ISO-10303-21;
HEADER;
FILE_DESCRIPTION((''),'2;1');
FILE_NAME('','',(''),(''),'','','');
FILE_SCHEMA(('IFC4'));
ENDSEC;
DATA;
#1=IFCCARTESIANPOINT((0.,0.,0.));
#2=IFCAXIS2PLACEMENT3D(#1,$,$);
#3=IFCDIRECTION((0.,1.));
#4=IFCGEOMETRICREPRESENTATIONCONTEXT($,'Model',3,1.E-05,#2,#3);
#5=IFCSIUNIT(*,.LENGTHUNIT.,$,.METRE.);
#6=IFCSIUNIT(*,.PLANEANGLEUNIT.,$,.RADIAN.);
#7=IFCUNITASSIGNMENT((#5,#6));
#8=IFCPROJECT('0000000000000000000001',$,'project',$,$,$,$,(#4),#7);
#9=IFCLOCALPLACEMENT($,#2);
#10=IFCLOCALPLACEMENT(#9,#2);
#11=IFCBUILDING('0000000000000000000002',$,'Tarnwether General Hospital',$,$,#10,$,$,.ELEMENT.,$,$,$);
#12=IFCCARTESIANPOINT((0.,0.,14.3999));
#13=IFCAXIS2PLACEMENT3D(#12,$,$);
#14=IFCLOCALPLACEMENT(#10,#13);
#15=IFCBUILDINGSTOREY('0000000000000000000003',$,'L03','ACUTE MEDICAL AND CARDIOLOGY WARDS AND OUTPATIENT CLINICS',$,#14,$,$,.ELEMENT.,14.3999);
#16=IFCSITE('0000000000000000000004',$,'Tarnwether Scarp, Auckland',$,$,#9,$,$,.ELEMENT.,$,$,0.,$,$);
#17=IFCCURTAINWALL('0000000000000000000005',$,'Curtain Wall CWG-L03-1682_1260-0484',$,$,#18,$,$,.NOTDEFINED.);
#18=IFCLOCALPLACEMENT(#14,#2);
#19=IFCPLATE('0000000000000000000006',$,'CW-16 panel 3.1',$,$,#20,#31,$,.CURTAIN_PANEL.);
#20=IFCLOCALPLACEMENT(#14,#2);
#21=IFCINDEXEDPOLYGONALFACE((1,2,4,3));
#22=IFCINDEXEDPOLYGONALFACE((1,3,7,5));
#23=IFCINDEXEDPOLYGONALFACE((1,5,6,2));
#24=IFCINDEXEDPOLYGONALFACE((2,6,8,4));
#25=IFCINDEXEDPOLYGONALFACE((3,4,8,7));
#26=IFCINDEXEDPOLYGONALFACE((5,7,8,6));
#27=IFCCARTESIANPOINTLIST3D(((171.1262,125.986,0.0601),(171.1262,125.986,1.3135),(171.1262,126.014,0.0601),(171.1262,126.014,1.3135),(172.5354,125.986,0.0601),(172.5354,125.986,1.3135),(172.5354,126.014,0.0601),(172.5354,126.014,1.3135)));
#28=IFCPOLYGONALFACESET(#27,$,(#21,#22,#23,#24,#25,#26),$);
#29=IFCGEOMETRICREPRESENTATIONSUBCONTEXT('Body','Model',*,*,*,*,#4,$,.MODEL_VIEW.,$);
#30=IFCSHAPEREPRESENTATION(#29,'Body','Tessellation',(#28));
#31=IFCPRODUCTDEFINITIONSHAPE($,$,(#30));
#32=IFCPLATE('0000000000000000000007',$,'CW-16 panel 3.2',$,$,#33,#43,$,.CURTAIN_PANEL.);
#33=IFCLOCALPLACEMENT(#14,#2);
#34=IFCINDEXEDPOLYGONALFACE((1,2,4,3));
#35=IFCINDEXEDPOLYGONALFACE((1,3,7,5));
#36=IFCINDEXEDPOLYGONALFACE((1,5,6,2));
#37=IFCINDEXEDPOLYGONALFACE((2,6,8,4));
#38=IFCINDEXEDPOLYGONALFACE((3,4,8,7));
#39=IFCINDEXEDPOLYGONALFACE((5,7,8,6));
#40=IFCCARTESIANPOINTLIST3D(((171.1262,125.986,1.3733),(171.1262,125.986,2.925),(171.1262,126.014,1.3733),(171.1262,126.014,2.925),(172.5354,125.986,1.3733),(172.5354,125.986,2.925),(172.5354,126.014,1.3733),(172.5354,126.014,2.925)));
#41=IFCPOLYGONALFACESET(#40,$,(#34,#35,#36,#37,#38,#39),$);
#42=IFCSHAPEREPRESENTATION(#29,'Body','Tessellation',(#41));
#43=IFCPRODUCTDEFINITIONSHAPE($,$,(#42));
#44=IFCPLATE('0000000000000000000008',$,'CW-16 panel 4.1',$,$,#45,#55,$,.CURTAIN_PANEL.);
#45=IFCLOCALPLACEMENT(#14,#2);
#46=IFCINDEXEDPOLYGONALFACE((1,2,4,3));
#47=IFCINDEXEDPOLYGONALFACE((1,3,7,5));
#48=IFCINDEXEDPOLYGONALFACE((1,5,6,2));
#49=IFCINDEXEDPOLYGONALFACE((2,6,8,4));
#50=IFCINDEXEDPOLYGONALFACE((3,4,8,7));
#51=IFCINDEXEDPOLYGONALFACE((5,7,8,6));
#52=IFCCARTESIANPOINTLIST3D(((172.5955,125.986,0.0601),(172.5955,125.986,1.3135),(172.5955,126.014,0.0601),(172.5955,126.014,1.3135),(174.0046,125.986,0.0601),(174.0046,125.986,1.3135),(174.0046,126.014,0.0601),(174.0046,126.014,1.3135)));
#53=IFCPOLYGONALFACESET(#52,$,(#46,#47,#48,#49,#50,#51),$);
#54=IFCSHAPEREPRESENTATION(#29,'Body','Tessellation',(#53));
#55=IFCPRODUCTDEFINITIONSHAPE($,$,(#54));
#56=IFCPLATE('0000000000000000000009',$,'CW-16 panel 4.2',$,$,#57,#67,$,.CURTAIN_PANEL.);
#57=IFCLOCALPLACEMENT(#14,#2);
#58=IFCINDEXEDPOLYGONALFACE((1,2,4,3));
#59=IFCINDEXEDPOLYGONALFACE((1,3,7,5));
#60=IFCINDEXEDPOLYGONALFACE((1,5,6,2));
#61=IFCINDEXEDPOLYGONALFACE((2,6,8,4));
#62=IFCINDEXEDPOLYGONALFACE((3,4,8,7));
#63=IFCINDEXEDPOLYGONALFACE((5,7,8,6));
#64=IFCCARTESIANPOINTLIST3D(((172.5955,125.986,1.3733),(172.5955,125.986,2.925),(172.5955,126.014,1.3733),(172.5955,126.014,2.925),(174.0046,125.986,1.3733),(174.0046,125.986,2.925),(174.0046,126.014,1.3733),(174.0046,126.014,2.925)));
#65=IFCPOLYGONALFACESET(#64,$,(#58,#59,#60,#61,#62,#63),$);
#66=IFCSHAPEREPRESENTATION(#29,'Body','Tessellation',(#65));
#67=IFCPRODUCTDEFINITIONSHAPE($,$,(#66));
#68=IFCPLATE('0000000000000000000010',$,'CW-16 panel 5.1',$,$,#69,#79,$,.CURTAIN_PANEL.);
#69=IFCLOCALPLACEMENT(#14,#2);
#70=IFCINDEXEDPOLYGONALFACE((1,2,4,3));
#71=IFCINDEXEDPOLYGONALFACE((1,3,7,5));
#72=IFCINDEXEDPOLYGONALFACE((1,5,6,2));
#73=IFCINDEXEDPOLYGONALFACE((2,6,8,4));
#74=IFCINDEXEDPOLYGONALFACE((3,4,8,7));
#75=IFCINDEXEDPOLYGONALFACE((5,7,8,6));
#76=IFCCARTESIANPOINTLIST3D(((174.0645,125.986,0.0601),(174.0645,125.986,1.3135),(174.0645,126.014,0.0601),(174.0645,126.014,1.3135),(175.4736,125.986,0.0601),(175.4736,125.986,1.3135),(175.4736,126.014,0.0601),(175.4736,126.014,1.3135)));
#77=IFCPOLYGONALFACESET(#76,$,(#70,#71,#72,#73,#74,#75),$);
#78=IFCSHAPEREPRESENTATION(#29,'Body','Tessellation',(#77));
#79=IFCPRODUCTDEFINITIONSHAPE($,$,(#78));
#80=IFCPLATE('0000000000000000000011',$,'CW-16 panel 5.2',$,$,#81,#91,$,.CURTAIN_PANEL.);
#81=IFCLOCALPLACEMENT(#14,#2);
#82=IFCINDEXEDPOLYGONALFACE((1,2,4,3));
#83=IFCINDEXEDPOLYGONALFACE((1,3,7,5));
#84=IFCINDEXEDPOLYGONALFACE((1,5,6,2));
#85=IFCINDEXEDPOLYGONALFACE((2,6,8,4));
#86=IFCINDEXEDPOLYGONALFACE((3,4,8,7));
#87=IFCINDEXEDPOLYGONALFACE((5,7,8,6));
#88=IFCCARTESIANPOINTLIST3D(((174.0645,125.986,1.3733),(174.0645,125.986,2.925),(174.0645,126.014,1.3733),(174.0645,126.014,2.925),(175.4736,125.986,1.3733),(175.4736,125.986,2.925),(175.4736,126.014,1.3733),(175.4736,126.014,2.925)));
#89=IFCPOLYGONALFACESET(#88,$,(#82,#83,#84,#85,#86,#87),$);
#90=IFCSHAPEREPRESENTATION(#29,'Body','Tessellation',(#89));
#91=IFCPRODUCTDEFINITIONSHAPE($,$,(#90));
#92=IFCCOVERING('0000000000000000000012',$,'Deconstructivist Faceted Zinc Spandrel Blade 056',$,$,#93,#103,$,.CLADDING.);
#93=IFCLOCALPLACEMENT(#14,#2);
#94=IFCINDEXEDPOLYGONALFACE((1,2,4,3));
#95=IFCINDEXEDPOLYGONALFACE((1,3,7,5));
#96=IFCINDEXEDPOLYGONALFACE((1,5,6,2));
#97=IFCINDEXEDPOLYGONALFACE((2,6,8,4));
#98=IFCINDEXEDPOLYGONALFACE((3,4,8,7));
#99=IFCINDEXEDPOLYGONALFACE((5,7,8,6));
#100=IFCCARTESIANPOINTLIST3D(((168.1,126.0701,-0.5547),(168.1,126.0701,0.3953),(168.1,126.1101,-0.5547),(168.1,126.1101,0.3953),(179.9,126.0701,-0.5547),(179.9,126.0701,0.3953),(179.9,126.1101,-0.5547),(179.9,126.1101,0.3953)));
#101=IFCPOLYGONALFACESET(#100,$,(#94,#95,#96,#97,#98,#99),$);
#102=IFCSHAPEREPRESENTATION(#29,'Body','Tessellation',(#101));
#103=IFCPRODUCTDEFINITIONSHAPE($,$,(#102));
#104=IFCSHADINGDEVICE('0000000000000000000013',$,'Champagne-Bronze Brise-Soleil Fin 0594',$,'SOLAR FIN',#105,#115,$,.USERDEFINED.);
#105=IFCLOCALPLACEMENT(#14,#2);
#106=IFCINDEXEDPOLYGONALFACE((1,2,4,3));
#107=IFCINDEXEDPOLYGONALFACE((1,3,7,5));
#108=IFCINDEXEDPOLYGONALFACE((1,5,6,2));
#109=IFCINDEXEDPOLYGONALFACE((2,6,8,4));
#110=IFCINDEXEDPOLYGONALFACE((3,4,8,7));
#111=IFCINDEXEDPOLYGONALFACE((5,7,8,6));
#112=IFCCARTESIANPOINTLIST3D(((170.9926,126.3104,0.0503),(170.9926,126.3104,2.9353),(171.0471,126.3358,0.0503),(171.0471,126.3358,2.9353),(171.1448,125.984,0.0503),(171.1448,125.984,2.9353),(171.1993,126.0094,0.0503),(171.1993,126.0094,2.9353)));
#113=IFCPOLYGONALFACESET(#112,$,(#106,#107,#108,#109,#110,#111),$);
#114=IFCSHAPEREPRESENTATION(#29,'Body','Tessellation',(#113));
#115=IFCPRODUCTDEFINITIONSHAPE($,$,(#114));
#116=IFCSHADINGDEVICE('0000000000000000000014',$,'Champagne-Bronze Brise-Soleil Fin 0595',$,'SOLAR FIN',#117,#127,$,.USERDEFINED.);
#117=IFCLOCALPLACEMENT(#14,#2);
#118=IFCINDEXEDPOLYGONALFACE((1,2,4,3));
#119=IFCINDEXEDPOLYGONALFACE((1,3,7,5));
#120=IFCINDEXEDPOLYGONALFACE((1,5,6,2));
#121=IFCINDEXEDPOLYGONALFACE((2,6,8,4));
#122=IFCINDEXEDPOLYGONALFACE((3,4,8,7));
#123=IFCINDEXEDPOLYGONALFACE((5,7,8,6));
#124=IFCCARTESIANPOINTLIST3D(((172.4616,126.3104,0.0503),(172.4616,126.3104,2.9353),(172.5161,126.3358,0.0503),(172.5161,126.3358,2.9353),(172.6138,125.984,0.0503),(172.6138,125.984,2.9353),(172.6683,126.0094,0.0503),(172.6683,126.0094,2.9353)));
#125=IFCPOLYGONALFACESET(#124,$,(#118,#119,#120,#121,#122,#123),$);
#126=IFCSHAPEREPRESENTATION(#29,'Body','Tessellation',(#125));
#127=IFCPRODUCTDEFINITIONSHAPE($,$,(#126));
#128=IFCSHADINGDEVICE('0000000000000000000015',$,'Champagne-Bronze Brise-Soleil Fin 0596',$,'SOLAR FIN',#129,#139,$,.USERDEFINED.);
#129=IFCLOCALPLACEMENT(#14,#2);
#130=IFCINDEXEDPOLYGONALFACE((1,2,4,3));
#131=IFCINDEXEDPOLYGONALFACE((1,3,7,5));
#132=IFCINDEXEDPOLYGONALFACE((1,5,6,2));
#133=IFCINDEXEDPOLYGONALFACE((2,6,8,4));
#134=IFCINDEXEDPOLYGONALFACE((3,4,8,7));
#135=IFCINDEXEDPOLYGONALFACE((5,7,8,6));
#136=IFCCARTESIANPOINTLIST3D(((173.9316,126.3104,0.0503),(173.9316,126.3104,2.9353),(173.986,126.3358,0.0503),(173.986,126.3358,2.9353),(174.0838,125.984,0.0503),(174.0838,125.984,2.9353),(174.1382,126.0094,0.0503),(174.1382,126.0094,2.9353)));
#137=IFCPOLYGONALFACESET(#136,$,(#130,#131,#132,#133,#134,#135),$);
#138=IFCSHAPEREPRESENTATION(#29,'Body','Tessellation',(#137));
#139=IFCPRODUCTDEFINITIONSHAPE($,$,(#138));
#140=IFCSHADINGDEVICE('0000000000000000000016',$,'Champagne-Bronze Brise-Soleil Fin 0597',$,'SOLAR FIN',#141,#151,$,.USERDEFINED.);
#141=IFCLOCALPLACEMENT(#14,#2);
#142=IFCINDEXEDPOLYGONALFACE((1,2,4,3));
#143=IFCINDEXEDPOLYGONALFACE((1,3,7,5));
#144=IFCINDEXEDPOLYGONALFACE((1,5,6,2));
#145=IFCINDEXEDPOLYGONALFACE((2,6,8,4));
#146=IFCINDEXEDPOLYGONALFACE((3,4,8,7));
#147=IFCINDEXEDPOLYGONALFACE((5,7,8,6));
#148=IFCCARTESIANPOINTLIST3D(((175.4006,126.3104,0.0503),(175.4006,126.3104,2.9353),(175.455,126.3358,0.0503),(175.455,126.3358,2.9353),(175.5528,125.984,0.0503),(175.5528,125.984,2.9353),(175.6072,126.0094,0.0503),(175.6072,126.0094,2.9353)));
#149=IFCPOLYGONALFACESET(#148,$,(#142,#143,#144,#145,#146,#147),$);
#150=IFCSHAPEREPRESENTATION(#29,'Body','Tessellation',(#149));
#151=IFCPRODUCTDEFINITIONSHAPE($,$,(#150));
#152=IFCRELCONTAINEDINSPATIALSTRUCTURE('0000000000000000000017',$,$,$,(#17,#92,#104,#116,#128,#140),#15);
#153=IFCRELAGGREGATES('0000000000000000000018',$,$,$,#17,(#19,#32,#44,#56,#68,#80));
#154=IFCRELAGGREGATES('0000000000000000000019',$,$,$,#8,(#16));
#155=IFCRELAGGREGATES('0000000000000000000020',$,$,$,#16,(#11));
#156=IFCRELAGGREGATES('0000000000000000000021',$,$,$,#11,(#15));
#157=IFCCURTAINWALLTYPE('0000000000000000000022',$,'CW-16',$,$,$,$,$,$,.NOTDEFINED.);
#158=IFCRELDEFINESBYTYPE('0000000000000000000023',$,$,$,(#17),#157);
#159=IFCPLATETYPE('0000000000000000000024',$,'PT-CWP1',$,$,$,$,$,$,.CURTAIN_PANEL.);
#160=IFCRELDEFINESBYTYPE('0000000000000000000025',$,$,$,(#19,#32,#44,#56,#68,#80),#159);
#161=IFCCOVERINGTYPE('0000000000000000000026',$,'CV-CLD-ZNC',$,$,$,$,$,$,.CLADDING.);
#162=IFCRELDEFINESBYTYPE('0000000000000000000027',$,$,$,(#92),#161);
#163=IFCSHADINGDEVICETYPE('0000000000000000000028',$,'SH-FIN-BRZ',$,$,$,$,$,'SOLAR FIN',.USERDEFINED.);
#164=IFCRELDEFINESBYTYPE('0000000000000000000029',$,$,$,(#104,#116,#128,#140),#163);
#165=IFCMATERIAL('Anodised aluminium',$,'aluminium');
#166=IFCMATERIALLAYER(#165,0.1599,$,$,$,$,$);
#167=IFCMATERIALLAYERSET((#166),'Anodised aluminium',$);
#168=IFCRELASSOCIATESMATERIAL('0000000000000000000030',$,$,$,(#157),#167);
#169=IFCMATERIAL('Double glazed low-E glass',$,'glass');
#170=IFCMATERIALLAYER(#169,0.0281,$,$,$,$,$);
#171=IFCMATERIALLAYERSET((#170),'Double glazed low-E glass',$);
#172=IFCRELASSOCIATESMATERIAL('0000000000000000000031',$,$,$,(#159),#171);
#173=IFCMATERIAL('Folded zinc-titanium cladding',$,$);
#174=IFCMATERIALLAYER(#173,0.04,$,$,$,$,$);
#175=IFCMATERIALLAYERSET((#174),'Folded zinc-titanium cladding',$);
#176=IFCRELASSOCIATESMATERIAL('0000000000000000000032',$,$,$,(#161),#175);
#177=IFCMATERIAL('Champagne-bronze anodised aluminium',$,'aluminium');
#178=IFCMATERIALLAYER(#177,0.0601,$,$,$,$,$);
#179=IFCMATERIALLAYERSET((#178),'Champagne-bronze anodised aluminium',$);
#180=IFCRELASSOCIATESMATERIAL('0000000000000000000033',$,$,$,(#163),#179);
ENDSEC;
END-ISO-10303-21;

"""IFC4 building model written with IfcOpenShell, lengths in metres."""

from ifc_helpers import new_model, si_unit, direction, frame, origin, origin_2d, place, context, subcontext, project, spatial, rectangle, extrude, material, layer, layer_set, type_object, element, aggregate, save


model = new_model("IFC4")

# Units and contexts
model_context = context("Model", 3, precision=1e-05, world=origin(), true_north=direction((0.0, 1.0)))
body_context = subcontext(model_context, "Body", "Model", "MODEL_VIEW")
ifc_project = project(units=[si_unit("LENGTHUNIT", "METRE"), si_unit("PLANEANGLEUNIT", "RADIAN")], contexts=[model_context])

# Site, building, storey
site_placement = place(None, origin())
site = spatial("IfcSite", under=ifc_project, at=site_placement, Name="Tarnwether Scarp, Auckland", CompositionType="ELEMENT", RefElevation=0.0)
building_placement = place(site_placement, origin())
building = spatial("IfcBuilding", under=site, at=building_placement, Name="Tarnwether General Hospital", CompositionType="ELEMENT")
storey_placement = place(building_placement, frame((0.0, 0.0, 14.3999)))
storey = spatial("IfcBuildingStorey", under=building, at=storey_placement, Name="L03", Description="ACUTE MEDICAL AND CARDIOLOGY WARDS AND OUTPATIENT CLINICS", CompositionType="ELEMENT", Elevation=14.3999)

# Curtain wall, plates
ifc_material_1 = material(Name="Anodised aluminium", Category="aluminium")
ifc_layer_1 = layer(ifc_material_1, 0.1599)
ifc_layer_set_1 = layer_set([ifc_layer_1], Name="Anodised aluminium")
curtain_wall_type = type_object("IfcCurtainWallType", Name="CW-16", PredefinedType="NOTDEFINED", material=ifc_layer_set_1)
curtain_wall_placement = place(storey_placement, origin())
curtain_wall = element("IfcCurtainWall", 1, at=curtain_wall_placement, inside=storey, type_object=curtain_wall_type, Name="Curtain Wall CWG-L03-1682_1260-0484", PredefinedType="NOTDEFINED")
ifc_material_2 = material(Name="Double glazed low-E glass", Category="glass")
ifc_layer_2 = layer(ifc_material_2, 0.0281)
ifc_layer_set_2 = layer_set([ifc_layer_2], Name="Double glazed low-E glass")
plate_type = type_object("IfcPlateType", Name="PT-CWP1", PredefinedType="CURTAIN_PANEL", material=ifc_layer_set_2)
plate_1_placement = place(storey_placement, frame((171.8308, 126.0, 0.0601), z_axis=(0.0, 0.0, 1.0), x_axis=(1.0, 0.0, 0.0)))
plate_1 = element("IfcPlate", 2, at=plate_1_placement, type_object=plate_type, Name="CW-16 panel 3.1", PredefinedType="CURTAIN_PANEL", context=body_context, shape_type="SweptSolid", body=[
    extrude(rectangle(XDim=1.4092, YDim=0.0281, at=origin_2d()), origin(), (0.0, 0.0, 1.0), 1.2534),
])
plate_2_placement = place(storey_placement, frame((171.8308, 126.0, 1.3733), z_axis=(0.0, 0.0, 1.0), x_axis=(1.0, 0.0, 0.0)))
plate_2 = element("IfcPlate", 3, at=plate_2_placement, type_object=plate_type, Name="CW-16 panel 3.2", PredefinedType="CURTAIN_PANEL", context=body_context, shape_type="SweptSolid", body=[
    extrude(rectangle(XDim=1.4092, YDim=0.0281, at=origin_2d()), origin(), (0.0, 0.0, 1.0), 1.5518),
])
plate_3_placement = place(storey_placement, frame((173.3, 126.0, 0.0601), z_axis=(0.0, 0.0, 1.0), x_axis=(1.0, 0.0, 0.0)))
plate_3 = element("IfcPlate", 4, at=plate_3_placement, type_object=plate_type, Name="CW-16 panel 4.1", PredefinedType="CURTAIN_PANEL", context=body_context, shape_type="SweptSolid", body=[
    extrude(rectangle(XDim=1.4092, YDim=0.0281, at=origin_2d()), origin(), (0.0, 0.0, 1.0), 1.2534),
])
plate_4_placement = place(storey_placement, frame((173.3, 126.0, 1.3733), z_axis=(0.0, 0.0, 1.0), x_axis=(1.0, 0.0, 0.0)))
plate_4 = element("IfcPlate", 5, at=plate_4_placement, type_object=plate_type, Name="CW-16 panel 4.2", PredefinedType="CURTAIN_PANEL", context=body_context, shape_type="SweptSolid", body=[
    extrude(rectangle(XDim=1.4092, YDim=0.0281, at=origin_2d()), origin(), (0.0, 0.0, 1.0), 1.5518),
])
plate_5_placement = place(storey_placement, frame((174.769, 126.0, 0.0601), z_axis=(0.0, 0.0, 1.0), x_axis=(1.0, 0.0, 0.0)))
plate_5 = element("IfcPlate", 6, at=plate_5_placement, type_object=plate_type, Name="CW-16 panel 5.1", PredefinedType="CURTAIN_PANEL", context=body_context, shape_type="SweptSolid", body=[
    extrude(rectangle(XDim=1.4092, YDim=0.0281, at=origin_2d()), origin(), (0.0, 0.0, 1.0), 1.2534),
])
plate_6_placement = place(storey_placement, frame((174.769, 126.0, 1.3733), z_axis=(0.0, 0.0, 1.0), x_axis=(1.0, 0.0, 0.0)))
plate_6 = element("IfcPlate", 7, at=plate_6_placement, type_object=plate_type, Name="CW-16 panel 5.2", PredefinedType="CURTAIN_PANEL", context=body_context, shape_type="SweptSolid", body=[
    extrude(rectangle(XDim=1.4092, YDim=0.0281, at=origin_2d()), origin(), (0.0, 0.0, 1.0), 1.5518),
])
aggregate(curtain_wall, [plate_1, plate_2, plate_3, plate_4, plate_5, plate_6])

# Covering
ifc_material_3 = material(Name="Folded zinc-titanium cladding")
ifc_layer_3 = layer(ifc_material_3, 0.04)
ifc_layer_set_3 = layer_set([ifc_layer_3], Name="Folded zinc-titanium cladding")
covering_type = type_object("IfcCoveringType", Name="CV-CLD-ZNC", PredefinedType="CLADDING", material=ifc_layer_set_3)
covering_placement = place(storey_placement, frame((174.0, 126.0901, -0.5547), z_axis=(0.0, 0.0, 1.0), x_axis=(1.0, 0.0, 0.0)))
element("IfcCovering", 8, at=covering_placement, inside=storey, type_object=covering_type, Name="Deconstructivist Faceted Zinc Spandrel Blade 056", PredefinedType="CLADDING", context=body_context, shape_type="SweptSolid", body=[
    extrude(rectangle(XDim=11.8, YDim=0.04, at=origin_2d()), origin(), (0.0, 0.0, 1.0), 0.95),
])

# Shading devices
ifc_material_4 = material(Name="Champagne-bronze anodised aluminium", Category="aluminium")
ifc_layer_4 = layer(ifc_material_4, 0.0601)
ifc_layer_set_4 = layer_set([ifc_layer_4], Name="Champagne-bronze anodised aluminium")
shading_device_type = type_object("IfcShadingDeviceType", Name="SH-FIN-BRZ", ElementType="SOLAR FIN", PredefinedType="USERDEFINED", material=ifc_layer_set_4)
for number, where, z_axis, x_axis, name in (
    (9, (171.0959, 126.1599, 0.0503), (0.0, 0.0, 1.0), (0.906308, 0.422618, 0.0), "Champagne-Bronze Brise-Soleil Fin 0594"),
    (10, (172.5649, 126.1599, 0.0503), (0.0, 0.0, 1.0), (0.906308, 0.422618, 0.0), "Champagne-Bronze Brise-Soleil Fin 0595"),
    (11, (174.0349, 126.1599, 0.0503), (0.0, 0.0, 1.0), (0.906308, 0.422618, 0.0), "Champagne-Bronze Brise-Soleil Fin 0596"),
    (12, (175.5039, 126.1599, 0.0503), (0.0, 0.0, 1.0), (0.906308, 0.422618, 0.0), "Champagne-Bronze Brise-Soleil Fin 0597"),
):
    element("IfcShadingDevice", number, at=place(storey_placement, frame(where, z_axis=z_axis, x_axis=x_axis)), inside=storey, type_object=shading_device_type, Name=name, ObjectType="SOLAR FIN", PredefinedType="USERDEFINED", context=body_context, shape_type="SweptSolid", body=[
        extrude(rectangle(XDim=0.0601, YDim=0.3601, at=origin_2d()), origin(), (0.0, 0.0, 1.0), 2.885),
    ])

save(model, "model.ifc")
